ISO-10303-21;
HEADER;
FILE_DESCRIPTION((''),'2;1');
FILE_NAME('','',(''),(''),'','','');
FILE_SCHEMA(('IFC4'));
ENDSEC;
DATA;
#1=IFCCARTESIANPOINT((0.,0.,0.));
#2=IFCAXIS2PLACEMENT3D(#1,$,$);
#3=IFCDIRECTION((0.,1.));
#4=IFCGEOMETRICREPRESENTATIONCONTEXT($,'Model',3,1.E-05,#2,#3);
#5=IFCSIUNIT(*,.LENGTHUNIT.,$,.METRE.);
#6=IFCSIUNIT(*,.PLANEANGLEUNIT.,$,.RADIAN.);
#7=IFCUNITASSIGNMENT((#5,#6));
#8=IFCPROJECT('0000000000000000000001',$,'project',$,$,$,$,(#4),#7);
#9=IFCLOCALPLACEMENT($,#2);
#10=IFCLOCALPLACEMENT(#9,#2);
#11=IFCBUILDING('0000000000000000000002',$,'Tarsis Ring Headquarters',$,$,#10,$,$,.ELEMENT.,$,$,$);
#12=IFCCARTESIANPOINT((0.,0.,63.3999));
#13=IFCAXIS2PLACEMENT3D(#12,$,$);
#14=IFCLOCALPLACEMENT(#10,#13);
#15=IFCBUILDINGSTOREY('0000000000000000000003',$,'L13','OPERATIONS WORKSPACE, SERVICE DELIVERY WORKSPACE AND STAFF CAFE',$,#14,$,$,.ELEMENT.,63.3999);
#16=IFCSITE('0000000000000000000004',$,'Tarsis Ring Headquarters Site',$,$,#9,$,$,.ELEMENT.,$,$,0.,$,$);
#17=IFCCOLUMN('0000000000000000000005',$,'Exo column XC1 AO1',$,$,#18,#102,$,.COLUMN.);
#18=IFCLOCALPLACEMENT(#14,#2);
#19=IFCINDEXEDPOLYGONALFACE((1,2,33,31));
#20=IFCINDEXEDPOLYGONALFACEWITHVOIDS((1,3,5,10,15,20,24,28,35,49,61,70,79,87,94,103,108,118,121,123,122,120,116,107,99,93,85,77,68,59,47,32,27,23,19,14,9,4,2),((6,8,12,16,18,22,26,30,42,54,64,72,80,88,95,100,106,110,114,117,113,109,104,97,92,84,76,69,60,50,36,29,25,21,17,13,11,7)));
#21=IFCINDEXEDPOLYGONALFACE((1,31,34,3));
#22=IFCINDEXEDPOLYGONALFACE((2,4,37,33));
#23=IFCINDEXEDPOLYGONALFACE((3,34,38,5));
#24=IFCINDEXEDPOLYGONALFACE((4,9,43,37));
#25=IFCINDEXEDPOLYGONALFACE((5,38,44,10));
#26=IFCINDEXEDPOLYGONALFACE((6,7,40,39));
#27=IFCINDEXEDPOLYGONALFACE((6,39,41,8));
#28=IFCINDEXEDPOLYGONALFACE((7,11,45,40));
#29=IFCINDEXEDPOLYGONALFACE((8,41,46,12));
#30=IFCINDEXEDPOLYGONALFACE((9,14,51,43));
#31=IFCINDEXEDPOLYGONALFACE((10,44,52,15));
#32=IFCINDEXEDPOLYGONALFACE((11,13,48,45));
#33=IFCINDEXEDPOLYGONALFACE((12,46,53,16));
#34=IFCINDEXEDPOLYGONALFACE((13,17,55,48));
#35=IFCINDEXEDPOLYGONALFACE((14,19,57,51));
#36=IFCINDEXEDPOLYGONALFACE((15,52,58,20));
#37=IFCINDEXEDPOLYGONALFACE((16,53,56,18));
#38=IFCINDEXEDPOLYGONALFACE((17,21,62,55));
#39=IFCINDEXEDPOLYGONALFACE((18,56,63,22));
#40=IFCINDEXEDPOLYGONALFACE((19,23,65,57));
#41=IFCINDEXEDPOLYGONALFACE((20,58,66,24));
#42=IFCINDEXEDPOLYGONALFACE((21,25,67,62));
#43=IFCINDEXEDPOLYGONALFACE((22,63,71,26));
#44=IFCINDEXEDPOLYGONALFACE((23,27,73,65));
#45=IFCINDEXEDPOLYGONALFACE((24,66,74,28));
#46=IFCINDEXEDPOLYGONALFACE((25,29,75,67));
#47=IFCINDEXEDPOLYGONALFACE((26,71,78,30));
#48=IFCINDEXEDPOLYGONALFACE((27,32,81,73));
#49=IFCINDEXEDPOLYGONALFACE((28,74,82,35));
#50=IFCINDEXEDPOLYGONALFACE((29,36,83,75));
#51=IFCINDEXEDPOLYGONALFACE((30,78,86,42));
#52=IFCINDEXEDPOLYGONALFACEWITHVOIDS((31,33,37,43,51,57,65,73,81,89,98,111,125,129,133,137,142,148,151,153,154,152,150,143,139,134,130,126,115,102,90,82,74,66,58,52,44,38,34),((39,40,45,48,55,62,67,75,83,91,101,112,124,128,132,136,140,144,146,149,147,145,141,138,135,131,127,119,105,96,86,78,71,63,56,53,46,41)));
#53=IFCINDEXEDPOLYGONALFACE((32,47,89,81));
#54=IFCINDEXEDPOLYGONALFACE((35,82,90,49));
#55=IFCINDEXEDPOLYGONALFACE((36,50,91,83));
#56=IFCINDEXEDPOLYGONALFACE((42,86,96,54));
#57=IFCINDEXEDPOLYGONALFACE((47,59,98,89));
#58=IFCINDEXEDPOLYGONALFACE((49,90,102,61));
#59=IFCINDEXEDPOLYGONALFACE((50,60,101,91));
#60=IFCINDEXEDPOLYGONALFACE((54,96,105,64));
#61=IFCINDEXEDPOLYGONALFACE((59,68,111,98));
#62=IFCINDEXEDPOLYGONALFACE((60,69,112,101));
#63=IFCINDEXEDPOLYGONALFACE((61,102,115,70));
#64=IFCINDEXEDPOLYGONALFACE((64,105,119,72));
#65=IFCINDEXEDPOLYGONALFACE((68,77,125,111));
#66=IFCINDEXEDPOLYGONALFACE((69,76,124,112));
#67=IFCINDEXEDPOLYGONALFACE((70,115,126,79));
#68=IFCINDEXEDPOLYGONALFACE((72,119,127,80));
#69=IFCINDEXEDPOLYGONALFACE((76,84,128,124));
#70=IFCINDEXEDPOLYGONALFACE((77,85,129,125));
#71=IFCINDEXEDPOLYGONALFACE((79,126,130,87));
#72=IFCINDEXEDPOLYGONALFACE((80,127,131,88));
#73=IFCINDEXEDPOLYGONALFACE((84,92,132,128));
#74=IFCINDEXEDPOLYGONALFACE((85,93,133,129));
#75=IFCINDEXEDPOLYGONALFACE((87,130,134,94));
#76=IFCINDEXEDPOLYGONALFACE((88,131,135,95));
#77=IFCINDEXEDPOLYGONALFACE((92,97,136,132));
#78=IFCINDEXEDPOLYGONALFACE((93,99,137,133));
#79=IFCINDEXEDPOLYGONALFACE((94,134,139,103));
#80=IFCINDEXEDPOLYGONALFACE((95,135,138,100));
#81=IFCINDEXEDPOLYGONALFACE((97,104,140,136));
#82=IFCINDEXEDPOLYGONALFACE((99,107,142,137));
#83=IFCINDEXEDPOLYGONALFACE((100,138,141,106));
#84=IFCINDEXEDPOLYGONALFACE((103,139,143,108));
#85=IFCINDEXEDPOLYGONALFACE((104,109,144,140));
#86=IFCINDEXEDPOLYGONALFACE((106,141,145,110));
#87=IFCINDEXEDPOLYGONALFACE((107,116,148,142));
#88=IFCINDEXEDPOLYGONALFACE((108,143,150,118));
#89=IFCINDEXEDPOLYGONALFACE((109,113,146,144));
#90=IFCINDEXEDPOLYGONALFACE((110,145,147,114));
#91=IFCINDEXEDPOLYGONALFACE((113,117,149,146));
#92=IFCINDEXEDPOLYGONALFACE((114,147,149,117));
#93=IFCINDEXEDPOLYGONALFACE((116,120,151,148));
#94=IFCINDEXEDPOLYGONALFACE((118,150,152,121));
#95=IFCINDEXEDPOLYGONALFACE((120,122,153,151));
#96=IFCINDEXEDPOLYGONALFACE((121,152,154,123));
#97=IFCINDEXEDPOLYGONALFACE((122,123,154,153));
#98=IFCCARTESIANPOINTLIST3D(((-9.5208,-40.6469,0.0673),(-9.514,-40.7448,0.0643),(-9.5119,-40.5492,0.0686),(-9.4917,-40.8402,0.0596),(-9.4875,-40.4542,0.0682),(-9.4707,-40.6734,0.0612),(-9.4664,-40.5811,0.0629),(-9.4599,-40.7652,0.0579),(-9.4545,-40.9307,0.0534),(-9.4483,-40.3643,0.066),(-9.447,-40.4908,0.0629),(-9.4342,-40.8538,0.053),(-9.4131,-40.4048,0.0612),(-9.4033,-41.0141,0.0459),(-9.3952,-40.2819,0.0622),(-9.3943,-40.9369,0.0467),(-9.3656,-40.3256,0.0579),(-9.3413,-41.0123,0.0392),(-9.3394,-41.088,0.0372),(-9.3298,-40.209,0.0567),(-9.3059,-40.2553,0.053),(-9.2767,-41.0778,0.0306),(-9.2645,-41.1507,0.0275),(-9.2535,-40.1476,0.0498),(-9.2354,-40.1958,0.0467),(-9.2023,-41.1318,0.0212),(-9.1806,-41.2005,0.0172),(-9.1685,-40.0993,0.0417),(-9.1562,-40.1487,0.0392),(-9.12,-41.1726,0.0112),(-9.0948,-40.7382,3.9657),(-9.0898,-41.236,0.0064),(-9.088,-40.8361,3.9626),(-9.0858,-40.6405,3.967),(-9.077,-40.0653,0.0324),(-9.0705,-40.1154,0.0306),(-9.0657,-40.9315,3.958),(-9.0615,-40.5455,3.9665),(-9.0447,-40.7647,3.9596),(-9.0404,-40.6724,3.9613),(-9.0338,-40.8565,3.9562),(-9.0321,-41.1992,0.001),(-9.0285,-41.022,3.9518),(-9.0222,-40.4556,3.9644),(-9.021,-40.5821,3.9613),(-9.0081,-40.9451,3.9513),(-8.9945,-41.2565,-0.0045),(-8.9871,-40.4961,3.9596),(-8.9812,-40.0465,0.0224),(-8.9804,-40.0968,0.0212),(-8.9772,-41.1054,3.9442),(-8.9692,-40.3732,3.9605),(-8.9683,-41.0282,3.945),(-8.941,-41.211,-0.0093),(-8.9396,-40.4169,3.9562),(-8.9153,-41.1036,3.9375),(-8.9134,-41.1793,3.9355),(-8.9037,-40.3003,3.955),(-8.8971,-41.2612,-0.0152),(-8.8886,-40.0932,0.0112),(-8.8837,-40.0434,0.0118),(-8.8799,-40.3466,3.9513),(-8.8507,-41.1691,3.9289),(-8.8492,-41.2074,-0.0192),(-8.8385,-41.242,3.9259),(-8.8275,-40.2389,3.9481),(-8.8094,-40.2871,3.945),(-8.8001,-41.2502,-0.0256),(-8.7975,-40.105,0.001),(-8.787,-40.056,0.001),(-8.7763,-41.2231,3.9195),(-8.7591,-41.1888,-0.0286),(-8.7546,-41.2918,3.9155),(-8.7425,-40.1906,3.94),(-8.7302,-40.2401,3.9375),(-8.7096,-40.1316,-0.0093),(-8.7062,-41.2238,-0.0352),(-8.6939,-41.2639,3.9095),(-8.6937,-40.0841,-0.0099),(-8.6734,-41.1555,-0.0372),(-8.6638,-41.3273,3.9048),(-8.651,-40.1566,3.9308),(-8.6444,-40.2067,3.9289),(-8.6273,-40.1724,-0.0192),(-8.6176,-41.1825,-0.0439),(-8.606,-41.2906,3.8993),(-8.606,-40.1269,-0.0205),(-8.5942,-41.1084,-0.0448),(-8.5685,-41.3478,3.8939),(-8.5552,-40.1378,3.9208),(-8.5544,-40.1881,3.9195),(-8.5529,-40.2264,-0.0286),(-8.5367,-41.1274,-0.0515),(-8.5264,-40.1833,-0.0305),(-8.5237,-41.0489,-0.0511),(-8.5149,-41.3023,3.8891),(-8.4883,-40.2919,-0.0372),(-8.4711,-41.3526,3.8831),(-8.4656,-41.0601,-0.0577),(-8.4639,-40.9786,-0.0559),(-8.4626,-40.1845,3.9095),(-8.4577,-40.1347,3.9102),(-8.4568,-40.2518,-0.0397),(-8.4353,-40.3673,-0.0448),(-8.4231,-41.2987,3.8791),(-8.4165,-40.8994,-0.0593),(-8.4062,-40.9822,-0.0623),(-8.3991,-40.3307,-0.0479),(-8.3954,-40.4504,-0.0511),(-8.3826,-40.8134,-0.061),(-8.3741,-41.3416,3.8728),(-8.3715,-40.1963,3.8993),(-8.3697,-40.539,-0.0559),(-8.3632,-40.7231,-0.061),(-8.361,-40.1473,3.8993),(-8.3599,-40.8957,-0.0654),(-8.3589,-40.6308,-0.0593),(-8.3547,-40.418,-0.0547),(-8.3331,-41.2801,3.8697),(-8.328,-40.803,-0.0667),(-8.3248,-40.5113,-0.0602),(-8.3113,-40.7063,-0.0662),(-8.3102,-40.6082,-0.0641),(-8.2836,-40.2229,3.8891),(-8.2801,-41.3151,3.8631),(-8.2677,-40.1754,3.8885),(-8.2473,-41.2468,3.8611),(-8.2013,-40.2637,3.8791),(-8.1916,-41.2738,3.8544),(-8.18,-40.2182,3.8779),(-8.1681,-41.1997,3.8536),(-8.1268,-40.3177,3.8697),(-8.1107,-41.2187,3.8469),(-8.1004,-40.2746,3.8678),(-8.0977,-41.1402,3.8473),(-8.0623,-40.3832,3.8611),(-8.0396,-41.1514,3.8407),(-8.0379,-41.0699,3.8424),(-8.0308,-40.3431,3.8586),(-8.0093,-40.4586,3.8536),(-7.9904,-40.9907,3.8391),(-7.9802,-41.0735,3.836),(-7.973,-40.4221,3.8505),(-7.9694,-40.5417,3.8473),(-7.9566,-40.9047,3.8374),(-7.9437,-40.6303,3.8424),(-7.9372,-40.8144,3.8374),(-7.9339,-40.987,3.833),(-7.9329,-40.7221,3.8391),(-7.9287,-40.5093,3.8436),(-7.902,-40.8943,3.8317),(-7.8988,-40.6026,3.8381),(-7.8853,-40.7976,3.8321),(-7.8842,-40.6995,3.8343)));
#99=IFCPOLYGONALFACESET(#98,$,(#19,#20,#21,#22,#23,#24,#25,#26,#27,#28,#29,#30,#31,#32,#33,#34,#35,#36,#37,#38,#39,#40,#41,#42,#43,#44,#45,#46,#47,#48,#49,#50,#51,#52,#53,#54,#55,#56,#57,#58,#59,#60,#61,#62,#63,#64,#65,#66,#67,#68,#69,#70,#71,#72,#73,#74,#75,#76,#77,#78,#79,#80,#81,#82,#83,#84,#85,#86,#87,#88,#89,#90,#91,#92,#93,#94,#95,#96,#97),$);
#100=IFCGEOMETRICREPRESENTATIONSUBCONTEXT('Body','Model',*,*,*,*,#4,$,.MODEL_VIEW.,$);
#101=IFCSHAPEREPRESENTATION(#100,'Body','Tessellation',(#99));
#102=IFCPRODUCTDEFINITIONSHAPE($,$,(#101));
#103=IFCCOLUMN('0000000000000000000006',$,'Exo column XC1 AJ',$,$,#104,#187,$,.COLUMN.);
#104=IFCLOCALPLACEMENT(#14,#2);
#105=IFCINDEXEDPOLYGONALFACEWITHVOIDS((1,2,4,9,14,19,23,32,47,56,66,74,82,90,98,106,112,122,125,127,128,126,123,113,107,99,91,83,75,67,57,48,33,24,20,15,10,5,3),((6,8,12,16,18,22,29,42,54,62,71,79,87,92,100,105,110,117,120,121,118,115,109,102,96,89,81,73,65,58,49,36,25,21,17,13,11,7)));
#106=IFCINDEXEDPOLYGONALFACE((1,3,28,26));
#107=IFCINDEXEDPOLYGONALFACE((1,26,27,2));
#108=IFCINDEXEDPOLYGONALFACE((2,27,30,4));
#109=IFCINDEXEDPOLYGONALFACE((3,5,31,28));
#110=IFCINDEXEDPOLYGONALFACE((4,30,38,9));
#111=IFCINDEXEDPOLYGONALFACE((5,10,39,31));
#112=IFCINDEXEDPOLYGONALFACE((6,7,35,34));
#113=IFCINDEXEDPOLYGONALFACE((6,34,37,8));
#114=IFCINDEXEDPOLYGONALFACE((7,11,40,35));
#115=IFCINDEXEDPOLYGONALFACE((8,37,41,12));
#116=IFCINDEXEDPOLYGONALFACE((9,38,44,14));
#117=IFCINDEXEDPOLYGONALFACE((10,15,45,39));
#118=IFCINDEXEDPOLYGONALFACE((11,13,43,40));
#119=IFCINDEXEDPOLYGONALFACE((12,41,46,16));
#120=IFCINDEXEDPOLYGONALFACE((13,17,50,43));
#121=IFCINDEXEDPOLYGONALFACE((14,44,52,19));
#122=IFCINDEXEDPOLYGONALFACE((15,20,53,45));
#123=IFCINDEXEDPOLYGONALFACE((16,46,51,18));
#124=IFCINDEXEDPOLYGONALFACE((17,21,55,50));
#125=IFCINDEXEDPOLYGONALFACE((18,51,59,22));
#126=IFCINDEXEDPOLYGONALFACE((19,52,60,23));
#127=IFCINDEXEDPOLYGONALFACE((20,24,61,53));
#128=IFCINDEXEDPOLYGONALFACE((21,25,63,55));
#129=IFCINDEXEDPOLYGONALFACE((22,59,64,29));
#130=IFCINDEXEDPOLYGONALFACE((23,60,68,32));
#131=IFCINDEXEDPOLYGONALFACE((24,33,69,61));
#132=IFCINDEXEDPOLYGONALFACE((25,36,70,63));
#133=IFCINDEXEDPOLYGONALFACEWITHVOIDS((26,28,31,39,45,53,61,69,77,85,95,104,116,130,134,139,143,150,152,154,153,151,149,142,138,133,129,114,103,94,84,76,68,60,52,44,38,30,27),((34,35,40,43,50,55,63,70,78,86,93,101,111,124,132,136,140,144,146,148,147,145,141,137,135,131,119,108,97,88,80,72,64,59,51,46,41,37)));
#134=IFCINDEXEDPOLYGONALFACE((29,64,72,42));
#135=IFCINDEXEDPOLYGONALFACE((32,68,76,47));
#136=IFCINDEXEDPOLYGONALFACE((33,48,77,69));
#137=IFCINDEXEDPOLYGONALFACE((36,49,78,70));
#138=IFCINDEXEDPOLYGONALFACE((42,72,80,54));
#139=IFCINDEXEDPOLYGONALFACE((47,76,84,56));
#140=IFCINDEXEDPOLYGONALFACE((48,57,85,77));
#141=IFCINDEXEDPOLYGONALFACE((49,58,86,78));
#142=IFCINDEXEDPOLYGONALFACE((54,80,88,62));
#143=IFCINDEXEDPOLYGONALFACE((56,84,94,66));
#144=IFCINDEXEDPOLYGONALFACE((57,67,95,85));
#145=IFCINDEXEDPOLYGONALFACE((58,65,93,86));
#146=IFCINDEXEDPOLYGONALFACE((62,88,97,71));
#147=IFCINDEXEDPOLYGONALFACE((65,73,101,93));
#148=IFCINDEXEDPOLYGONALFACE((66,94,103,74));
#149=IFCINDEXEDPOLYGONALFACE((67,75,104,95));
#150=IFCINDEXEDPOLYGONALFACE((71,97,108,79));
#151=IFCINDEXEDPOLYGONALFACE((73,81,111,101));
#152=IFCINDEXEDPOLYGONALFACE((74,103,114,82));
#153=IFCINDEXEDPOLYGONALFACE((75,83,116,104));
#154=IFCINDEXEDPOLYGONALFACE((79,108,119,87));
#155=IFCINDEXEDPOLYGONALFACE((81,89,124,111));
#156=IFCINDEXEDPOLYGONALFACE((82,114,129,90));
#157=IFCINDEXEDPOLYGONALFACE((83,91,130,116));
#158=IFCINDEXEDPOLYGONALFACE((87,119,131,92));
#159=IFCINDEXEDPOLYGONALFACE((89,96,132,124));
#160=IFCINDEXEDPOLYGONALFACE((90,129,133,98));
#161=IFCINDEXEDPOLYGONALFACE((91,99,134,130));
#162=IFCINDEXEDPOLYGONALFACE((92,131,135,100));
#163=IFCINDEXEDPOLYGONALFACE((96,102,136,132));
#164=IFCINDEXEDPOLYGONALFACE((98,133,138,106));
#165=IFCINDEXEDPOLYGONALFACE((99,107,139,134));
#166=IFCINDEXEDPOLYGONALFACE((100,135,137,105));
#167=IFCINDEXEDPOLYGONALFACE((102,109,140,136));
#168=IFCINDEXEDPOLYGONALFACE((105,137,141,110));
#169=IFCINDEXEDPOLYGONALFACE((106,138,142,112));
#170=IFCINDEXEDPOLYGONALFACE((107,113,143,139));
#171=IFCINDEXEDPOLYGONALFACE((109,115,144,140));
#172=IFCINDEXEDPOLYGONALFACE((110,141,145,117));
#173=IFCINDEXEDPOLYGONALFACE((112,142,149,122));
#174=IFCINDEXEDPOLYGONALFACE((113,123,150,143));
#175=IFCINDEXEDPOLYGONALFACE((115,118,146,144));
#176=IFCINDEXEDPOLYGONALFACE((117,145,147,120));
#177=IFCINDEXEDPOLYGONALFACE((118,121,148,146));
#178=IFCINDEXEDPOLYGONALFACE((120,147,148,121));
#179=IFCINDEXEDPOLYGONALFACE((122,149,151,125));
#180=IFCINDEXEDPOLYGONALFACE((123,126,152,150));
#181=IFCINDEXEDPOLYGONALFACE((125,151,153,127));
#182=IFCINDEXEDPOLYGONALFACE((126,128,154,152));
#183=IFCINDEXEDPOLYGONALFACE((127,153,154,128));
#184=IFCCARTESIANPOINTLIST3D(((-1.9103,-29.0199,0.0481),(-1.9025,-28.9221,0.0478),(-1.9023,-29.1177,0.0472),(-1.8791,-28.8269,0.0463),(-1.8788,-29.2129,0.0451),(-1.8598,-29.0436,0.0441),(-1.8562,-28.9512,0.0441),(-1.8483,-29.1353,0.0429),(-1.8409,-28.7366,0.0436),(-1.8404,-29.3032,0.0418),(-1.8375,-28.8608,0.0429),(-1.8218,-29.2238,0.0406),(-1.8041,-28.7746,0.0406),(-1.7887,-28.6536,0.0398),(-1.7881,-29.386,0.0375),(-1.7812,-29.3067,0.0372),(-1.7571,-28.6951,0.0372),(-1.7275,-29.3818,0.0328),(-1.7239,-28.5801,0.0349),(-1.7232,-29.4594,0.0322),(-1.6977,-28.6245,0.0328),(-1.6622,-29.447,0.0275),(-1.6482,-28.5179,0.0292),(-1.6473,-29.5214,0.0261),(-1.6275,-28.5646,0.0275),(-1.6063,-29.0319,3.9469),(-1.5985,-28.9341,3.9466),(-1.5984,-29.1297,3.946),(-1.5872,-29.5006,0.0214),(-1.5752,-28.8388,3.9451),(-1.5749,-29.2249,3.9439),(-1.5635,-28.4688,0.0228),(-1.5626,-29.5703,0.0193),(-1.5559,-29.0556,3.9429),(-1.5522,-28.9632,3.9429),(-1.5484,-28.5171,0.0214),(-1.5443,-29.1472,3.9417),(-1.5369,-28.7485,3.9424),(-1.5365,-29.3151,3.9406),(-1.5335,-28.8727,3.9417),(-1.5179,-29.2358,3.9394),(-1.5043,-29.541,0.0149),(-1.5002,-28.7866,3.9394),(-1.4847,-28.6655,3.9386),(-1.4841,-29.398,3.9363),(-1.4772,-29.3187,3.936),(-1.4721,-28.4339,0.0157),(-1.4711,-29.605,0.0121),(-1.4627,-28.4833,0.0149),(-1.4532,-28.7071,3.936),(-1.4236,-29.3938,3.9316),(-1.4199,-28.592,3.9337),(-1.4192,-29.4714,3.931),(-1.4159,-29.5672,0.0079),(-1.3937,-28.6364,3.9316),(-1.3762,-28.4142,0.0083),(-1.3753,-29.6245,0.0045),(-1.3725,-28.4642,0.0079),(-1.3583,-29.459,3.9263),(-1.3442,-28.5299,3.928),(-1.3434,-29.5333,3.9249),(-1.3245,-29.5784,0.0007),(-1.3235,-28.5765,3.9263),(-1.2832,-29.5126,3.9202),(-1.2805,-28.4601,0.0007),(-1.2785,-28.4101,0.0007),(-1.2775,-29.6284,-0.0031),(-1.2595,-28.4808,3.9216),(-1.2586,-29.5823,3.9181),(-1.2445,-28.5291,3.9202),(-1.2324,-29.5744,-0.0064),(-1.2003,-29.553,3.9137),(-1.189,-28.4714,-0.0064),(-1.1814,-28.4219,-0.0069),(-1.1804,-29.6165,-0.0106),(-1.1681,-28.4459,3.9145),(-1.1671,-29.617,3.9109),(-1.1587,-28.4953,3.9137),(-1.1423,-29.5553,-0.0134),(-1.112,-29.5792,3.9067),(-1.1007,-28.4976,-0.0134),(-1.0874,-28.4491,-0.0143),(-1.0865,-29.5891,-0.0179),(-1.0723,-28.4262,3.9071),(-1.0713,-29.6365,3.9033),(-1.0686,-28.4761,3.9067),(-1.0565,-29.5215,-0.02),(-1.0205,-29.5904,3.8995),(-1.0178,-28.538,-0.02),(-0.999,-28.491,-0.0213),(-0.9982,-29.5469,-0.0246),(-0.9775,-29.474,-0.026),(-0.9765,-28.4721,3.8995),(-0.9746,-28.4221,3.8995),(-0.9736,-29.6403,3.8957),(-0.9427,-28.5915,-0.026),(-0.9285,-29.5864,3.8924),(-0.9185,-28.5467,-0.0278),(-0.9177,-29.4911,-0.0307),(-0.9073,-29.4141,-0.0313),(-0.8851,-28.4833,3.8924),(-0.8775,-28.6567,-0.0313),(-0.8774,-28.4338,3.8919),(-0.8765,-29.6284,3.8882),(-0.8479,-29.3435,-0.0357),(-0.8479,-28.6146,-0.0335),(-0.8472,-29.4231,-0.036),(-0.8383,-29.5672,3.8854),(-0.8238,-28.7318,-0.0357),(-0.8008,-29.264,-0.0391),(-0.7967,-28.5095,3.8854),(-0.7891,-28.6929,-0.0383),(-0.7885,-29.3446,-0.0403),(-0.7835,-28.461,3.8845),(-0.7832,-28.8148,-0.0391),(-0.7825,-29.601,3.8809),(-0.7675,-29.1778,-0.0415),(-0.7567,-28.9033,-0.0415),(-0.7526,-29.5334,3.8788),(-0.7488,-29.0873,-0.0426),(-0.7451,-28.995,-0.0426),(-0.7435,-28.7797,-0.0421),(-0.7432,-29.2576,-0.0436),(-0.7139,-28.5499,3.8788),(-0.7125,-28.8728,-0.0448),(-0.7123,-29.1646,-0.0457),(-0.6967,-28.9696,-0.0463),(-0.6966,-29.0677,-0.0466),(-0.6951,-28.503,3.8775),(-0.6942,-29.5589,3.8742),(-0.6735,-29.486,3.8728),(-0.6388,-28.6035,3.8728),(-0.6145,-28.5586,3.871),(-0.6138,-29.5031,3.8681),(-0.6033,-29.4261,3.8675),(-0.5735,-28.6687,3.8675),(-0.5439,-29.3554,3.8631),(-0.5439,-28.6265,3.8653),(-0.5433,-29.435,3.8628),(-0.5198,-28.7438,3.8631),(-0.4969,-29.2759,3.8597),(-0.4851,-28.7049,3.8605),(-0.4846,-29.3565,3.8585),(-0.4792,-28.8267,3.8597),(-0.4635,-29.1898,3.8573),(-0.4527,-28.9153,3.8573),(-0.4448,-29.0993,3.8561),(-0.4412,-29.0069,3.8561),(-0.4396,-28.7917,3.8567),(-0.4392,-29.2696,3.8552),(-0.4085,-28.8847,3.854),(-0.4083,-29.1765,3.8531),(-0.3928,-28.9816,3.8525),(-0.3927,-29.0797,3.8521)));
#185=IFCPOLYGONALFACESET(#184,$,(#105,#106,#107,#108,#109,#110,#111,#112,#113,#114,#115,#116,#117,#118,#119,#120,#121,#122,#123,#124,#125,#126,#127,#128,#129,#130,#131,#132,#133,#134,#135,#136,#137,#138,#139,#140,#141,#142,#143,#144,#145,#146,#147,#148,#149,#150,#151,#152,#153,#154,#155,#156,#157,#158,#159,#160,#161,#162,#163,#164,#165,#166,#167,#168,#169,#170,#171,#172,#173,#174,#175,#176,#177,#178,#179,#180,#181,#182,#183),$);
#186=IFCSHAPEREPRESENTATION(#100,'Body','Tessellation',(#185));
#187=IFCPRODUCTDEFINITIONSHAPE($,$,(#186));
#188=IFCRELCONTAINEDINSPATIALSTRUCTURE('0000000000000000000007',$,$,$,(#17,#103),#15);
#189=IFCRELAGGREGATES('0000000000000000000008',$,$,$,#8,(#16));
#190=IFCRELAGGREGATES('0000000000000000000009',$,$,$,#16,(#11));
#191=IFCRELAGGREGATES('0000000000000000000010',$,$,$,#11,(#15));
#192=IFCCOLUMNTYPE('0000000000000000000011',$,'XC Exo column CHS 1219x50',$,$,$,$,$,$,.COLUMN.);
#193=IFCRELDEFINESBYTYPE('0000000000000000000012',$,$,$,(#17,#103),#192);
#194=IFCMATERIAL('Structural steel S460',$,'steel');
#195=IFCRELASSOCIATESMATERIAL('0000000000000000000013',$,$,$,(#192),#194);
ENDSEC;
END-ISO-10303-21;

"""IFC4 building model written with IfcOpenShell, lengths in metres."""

from ifc_helpers import new_model, si_unit, direction, frame, origin, origin_2d, place, context, subcontext, project, spatial, hollow_circle, extrude, material, material_profile, profile_set, type_object, element, save


model = new_model("IFC4")

# Units and contexts
model_context = context("Model", 3, precision=1e-05, world=origin(), true_north=direction((0.0, 1.0)))
body_context = subcontext(model_context, "Body", "Model", "MODEL_VIEW")
ifc_project = project(units=[si_unit("LENGTHUNIT", "METRE"), si_unit("PLANEANGLEUNIT", "RADIAN")], contexts=[model_context])

# Site, building, storey
site_placement = place(None, origin())
site = spatial("IfcSite", under=ifc_project, at=site_placement, Name="Tarsis Ring Headquarters Site", CompositionType="ELEMENT", RefElevation=0.0)
building_placement = place(site_placement, origin())
building = spatial("IfcBuilding", under=site, at=building_placement, Name="Tarsis Ring Headquarters", CompositionType="ELEMENT")
storey_placement = place(building_placement, frame((0.0, 0.0, 63.3999)))
storey = spatial("IfcBuildingStorey", under=building, at=storey_placement, Name="L13", Description="OPERATIONS WORKSPACE, SERVICE DELIVERY WORKSPACE AND STAFF CAFE", CompositionType="ELEMENT", Elevation=63.3999)

# Columns
ifc_material_1 = material(Name="Structural steel S460", Category="steel")
ifc_material_profile_1 = material_profile(ifc_material_1, hollow_circle(Radius=0.6096, WallThickness=0.05, at=origin_2d()), Name="CHS 1219x50")
ifc_profile_set_1 = profile_set([ifc_material_profile_1], Name="Structural steel S460")
column_type = type_object("IfcColumnType", Name="XC Exo column CHS 1219x50", PredefinedType="COLUMN", material=ifc_profile_set_1)
column_1_placement = place(storey_placement, frame((-8.9148, -40.6521, 0.001), z_axis=(0.108605, -0.023277, 0.993812), x_axis=(0.209567, 0.977794, 0.0)))
element("IfcColumn", 1, at=column_1_placement, inside=storey, type_object=column_type, Name="Exo column XC1 AO1", PredefinedType="COLUMN", context=body_context, shape_type="SweptSolid", body=[
    extrude(hollow_circle(Radius=0.6096, WallThickness=0.05, at=origin_2d()), origin(), (0.0, 0.0, 1.0), 3.9226),
])
column_2_placement = place(storey_placement, frame((-1.3025, -29.0193, 0.0007), z_axis=(0.077727, -0.003059, 0.99697), x_axis=(0.039327, 0.999226, 0.0)))
element("IfcColumn", 2, at=column_2_placement, inside=storey, type_object=column_type, Name="Exo column XC1 AJ", PredefinedType="COLUMN", context=body_context, shape_type="SweptSolid", body=[
    extrude(hollow_circle(Radius=0.6096, WallThickness=0.05, at=origin_2d()), origin(), (0.0, 0.0, 1.0), 3.9106),
])

save(model, "model.ifc")
